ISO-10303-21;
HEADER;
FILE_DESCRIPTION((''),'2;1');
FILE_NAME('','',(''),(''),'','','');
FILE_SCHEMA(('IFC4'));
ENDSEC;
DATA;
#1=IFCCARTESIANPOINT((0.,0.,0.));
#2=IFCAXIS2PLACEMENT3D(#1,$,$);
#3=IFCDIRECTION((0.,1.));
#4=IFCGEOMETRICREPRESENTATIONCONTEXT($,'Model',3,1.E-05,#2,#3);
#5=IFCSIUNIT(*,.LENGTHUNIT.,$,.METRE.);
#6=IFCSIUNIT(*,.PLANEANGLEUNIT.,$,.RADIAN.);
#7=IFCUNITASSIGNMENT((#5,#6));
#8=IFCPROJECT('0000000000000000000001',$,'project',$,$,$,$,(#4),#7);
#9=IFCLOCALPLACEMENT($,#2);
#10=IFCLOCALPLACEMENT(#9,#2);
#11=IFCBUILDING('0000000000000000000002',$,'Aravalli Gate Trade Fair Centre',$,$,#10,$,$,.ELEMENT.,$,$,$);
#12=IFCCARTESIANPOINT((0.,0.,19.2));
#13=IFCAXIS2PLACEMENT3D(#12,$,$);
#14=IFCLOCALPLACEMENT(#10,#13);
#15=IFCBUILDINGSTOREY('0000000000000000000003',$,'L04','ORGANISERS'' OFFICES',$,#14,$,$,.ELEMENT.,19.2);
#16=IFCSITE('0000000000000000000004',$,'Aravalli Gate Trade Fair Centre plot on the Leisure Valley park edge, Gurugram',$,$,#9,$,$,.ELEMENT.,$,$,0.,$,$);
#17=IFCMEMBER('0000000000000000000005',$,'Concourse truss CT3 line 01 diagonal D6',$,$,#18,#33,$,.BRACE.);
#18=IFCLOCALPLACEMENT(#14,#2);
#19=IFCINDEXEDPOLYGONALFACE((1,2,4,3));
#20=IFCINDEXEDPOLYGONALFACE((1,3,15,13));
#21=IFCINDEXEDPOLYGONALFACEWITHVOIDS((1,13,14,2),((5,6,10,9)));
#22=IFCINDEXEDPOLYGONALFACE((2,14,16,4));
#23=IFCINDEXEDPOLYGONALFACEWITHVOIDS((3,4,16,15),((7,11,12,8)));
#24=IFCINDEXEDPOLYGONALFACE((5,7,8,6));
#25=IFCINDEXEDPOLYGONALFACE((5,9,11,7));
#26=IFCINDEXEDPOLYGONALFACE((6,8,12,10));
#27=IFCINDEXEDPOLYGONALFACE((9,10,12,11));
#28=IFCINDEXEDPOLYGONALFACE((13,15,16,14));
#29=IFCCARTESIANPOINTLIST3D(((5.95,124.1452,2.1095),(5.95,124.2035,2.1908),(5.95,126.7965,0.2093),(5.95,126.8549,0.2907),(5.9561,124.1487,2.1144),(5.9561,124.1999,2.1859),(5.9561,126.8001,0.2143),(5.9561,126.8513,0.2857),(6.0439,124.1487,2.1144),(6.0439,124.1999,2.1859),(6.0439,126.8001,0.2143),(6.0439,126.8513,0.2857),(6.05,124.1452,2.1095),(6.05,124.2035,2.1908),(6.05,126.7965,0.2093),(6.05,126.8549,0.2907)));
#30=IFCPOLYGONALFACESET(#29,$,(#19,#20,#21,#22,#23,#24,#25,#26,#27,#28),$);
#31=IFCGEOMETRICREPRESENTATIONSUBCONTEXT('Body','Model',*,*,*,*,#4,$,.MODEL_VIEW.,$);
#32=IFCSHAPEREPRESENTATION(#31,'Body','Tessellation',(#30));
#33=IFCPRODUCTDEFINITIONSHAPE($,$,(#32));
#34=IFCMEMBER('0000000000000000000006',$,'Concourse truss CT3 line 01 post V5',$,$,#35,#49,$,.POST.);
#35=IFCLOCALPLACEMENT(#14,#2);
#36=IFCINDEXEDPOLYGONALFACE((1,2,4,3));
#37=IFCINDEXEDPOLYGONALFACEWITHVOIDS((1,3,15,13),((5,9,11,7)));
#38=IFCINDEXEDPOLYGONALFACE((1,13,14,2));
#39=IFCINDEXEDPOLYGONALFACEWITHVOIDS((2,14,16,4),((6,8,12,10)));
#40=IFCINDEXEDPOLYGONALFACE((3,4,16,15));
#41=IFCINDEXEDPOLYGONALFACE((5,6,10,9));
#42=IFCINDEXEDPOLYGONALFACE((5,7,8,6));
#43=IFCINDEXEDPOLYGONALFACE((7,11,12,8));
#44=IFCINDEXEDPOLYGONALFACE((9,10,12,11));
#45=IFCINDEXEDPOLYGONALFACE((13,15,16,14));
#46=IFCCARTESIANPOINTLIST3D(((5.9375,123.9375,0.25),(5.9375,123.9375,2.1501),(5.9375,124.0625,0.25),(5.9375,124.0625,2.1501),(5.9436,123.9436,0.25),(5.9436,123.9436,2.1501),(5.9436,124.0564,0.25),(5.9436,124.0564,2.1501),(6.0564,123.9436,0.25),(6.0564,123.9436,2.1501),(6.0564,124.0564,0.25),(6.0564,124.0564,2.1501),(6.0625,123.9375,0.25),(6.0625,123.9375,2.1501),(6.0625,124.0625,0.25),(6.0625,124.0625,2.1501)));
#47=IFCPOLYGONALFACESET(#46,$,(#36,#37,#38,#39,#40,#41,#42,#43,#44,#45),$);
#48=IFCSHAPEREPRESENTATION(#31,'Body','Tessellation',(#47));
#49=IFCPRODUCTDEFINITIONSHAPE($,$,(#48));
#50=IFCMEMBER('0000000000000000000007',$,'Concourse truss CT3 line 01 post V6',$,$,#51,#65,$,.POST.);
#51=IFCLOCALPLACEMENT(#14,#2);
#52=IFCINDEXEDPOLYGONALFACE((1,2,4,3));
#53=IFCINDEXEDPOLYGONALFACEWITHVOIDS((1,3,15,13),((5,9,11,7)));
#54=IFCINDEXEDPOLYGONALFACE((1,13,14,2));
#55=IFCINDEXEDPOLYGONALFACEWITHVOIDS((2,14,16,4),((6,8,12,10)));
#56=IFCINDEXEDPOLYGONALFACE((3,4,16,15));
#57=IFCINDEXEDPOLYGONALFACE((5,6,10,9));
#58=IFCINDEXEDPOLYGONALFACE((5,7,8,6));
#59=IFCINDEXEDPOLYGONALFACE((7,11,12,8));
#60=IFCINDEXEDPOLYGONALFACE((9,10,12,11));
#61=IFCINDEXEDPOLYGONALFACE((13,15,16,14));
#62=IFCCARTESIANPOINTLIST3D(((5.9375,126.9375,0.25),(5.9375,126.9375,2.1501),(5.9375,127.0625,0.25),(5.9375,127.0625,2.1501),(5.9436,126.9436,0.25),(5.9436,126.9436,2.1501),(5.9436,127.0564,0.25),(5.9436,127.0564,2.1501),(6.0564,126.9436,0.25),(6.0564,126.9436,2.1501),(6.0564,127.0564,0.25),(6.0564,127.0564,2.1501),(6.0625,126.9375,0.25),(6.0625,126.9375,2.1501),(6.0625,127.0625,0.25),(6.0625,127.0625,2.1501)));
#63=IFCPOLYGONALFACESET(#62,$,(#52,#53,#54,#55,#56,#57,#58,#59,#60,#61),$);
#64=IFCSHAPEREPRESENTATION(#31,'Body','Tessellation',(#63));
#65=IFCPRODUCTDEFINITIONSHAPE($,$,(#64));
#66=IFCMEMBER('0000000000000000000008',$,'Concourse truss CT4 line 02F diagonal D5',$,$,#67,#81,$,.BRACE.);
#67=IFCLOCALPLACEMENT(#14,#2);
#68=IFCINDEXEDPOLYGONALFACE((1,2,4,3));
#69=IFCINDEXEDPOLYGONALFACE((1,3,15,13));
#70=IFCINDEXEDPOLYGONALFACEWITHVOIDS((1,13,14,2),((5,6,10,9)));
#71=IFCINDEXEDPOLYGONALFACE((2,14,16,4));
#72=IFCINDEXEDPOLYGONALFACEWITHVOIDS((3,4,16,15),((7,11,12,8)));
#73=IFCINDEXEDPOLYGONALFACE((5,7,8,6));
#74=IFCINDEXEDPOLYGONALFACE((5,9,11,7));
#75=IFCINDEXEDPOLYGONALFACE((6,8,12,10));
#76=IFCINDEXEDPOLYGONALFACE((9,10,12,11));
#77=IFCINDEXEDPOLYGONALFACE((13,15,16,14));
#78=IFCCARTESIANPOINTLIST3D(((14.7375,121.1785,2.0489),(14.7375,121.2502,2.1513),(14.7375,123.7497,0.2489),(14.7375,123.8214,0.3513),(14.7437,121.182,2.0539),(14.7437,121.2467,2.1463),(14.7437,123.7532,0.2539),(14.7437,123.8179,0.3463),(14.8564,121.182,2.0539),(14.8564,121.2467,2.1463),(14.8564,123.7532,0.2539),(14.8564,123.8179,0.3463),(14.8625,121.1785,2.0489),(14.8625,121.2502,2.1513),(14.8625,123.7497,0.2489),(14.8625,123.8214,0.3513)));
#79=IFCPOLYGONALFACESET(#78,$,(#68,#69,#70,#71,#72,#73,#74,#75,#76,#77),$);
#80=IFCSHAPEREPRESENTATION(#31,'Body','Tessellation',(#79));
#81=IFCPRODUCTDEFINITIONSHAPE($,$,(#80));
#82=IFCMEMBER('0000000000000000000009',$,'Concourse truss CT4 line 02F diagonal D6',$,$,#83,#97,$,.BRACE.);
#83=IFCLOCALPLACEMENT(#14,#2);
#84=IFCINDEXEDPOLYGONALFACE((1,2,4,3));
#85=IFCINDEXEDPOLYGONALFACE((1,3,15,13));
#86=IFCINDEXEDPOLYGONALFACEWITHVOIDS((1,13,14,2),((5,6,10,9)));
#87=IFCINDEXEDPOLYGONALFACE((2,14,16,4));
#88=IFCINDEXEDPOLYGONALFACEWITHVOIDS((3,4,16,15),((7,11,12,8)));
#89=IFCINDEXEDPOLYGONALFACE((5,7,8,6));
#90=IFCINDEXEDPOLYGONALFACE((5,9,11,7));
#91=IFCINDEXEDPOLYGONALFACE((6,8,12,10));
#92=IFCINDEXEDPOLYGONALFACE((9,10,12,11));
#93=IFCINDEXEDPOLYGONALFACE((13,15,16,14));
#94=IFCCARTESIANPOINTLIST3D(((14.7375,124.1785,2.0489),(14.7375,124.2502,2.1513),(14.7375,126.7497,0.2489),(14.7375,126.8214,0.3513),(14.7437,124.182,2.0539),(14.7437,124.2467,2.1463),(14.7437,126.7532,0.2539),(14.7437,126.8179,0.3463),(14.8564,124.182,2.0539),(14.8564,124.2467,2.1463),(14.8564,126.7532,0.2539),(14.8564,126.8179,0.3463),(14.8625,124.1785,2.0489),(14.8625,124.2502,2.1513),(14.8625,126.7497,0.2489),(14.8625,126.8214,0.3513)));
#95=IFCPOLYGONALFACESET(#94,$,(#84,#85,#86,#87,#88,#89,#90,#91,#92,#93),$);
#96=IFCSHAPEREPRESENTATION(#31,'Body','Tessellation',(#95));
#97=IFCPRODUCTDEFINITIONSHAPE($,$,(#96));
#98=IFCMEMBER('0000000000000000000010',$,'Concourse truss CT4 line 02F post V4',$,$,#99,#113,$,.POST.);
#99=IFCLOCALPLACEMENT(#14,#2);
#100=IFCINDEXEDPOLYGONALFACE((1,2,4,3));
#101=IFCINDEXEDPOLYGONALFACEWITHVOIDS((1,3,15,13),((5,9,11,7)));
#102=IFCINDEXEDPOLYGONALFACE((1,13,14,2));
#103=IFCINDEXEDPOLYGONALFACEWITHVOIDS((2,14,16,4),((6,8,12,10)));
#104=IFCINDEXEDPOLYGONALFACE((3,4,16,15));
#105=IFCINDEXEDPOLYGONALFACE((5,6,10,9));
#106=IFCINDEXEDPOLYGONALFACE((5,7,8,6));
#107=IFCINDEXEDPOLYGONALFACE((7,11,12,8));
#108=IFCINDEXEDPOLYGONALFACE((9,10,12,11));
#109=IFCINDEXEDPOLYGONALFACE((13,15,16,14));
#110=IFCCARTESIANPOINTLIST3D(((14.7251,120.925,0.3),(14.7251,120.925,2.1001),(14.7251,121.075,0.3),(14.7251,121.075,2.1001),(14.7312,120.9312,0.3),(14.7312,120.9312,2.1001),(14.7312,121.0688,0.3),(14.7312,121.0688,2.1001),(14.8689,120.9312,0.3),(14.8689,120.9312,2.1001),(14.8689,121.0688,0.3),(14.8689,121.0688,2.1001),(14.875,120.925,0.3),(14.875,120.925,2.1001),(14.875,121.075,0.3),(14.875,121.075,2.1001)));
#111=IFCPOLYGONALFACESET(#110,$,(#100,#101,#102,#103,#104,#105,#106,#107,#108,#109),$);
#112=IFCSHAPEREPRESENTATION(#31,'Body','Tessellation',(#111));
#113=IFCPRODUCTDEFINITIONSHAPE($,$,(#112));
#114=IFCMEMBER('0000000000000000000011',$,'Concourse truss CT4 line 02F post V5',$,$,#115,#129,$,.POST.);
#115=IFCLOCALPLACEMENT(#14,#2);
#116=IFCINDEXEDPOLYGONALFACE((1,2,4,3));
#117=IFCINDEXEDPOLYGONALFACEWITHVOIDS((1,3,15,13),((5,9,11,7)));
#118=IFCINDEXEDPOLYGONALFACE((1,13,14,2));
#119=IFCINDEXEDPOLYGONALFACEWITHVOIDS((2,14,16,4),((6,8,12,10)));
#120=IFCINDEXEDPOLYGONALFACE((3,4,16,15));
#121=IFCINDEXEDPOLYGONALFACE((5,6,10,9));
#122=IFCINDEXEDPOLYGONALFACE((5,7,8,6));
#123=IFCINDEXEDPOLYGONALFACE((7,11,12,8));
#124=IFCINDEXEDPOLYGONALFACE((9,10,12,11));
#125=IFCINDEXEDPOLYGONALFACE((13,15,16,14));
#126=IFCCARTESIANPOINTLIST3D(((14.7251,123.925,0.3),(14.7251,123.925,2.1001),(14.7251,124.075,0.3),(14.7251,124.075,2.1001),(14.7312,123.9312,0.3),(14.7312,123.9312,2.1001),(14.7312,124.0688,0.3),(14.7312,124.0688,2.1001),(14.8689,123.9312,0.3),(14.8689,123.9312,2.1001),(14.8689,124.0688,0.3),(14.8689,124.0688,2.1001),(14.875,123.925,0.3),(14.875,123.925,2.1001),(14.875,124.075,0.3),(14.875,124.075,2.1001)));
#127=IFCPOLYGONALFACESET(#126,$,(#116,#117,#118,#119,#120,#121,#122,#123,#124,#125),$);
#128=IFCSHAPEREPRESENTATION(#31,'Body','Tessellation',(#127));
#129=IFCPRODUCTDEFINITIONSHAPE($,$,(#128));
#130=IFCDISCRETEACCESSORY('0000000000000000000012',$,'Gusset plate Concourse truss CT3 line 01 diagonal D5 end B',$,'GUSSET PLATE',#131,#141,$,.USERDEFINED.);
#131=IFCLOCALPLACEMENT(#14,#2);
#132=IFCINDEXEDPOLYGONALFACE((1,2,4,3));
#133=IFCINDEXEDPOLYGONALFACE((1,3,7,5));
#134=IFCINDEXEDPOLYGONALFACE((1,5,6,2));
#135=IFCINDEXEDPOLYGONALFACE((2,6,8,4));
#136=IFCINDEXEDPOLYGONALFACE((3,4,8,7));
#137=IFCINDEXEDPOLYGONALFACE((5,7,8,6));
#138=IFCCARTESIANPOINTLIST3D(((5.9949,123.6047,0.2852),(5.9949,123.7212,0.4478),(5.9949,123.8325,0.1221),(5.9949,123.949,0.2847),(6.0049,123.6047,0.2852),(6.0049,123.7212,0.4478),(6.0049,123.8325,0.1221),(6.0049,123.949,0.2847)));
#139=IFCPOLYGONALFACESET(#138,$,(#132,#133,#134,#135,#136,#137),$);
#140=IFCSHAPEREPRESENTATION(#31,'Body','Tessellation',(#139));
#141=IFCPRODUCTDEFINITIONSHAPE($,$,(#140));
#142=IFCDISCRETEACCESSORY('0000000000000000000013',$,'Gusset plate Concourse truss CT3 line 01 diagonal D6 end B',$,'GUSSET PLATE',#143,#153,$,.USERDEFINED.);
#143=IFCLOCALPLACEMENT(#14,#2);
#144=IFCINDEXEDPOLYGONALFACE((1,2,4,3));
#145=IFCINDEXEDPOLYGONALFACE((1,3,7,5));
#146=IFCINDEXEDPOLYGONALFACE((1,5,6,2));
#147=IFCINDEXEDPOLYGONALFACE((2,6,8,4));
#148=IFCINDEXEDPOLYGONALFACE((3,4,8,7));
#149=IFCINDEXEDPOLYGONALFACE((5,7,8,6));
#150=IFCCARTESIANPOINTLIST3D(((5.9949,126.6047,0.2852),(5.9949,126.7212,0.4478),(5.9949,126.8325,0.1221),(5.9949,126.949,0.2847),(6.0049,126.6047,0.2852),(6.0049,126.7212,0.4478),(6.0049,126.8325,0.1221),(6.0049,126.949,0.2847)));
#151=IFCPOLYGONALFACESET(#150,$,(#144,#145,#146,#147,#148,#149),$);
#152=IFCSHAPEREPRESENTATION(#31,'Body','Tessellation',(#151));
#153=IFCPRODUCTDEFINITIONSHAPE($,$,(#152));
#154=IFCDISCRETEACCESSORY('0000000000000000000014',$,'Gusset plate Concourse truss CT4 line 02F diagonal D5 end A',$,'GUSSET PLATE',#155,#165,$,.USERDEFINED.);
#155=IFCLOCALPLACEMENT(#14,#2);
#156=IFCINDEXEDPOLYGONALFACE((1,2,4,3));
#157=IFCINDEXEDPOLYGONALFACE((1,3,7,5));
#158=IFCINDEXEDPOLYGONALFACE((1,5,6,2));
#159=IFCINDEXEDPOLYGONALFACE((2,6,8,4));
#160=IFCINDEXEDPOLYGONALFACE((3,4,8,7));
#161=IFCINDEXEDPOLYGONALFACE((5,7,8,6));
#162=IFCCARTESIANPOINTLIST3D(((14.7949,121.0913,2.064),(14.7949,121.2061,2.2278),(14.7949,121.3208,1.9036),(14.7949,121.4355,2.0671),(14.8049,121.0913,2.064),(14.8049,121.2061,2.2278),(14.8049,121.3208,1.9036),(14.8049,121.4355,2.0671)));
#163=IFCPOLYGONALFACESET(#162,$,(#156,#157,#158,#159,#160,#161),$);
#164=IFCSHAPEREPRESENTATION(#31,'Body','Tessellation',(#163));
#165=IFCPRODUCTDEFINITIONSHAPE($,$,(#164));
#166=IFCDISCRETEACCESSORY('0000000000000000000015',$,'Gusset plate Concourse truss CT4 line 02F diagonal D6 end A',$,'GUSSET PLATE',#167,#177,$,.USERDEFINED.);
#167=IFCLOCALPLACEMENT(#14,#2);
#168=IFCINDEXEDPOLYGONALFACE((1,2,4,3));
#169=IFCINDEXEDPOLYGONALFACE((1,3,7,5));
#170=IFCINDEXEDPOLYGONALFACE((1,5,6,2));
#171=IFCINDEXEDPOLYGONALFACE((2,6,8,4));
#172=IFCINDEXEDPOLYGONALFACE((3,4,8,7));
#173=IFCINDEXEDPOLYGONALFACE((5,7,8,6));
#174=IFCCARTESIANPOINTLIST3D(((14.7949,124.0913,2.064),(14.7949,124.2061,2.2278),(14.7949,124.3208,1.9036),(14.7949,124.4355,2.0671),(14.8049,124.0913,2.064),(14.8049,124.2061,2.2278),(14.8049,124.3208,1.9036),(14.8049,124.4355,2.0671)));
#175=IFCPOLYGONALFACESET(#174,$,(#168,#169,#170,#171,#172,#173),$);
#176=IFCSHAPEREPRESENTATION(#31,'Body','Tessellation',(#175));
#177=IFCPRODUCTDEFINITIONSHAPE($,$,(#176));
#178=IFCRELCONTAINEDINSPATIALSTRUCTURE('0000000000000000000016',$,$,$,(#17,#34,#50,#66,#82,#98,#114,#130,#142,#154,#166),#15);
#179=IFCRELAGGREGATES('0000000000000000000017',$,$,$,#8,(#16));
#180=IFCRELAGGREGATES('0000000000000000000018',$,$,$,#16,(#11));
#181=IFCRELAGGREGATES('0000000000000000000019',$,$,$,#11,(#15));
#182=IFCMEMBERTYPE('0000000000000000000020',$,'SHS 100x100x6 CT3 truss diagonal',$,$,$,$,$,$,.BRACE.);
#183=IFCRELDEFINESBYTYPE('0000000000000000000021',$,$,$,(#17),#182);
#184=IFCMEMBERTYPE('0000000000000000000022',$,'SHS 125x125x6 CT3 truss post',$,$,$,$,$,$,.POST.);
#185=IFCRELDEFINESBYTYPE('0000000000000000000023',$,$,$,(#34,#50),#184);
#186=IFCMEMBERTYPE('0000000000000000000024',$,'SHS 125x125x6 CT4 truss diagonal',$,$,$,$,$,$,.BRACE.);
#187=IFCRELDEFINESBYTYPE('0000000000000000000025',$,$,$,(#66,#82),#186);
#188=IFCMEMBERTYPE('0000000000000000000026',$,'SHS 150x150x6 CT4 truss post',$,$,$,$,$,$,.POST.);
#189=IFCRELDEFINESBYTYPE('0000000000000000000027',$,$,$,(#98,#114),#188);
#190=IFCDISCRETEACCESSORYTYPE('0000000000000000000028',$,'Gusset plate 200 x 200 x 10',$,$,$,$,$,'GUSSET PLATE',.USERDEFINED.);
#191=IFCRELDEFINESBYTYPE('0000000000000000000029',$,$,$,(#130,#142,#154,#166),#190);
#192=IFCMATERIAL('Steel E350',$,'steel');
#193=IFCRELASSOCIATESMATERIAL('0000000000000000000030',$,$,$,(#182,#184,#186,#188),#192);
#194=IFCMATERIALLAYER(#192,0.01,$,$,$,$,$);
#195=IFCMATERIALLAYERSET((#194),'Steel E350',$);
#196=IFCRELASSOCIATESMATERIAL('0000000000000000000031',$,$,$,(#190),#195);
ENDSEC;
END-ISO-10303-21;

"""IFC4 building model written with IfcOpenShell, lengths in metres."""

from ifc_helpers import new_model, si_unit, direction, frame, origin, origin_2d, place, context, subcontext, project, spatial, polyline, hollow_rectangle, outline, extrude, material, layer, layer_set, material_profile, profile_set, type_object, element, save


model = new_model("IFC4")

# Units and contexts
model_context = context("Model", 3, precision=1e-05, world=origin(), true_north=direction((0.0, 1.0)))
body_context = subcontext(model_context, "Body", "Model", "MODEL_VIEW")
ifc_project = project(units=[si_unit("LENGTHUNIT", "METRE"), si_unit("PLANEANGLEUNIT", "RADIAN")], contexts=[model_context])

# Site, building, storey
site_placement = place(None, origin())
site = spatial("IfcSite", under=ifc_project, at=site_placement, Name="Aravalli Gate Trade Fair Centre plot on the Leisure Valley park edge, Gurugram", CompositionType="ELEMENT", RefElevation=0.0)
building_placement = place(site_placement, origin())
building = spatial("IfcBuilding", under=site, at=building_placement, Name="Aravalli Gate Trade Fair Centre", CompositionType="ELEMENT")
storey_placement = place(building_placement, frame((0.0, 0.0, 19.2)))
storey = spatial("IfcBuildingStorey", under=building, at=storey_placement, Name="L04", Description="ORGANISERS' OFFICES", CompositionType="ELEMENT", Elevation=19.2)

# Members
ifc_material = material(Name="Steel E350", Category="steel")
ifc_material_profile_1 = material_profile(ifc_material, hollow_rectangle(XDim=0.1001, YDim=0.1001, WallThickness=0.0061, at=origin_2d()), Name="SHS 100x100x6")
ifc_profile_set_1 = profile_set([ifc_material_profile_1], Name="Steel E350")
member_type_1 = type_object("IfcMemberType", Name="SHS 100x100x6 CT3 truss diagonal", PredefinedType="BRACE", material=ifc_profile_set_1)
for number, where, z_axis, x_axis, name in (
    (1, (6.0, 124.1743, 2.1501), (0.0, 0.812817, -0.582519), (-1.0, 0.0, 0.0), "Concourse truss CT3 line 01 diagonal D6"),
):
    element("IfcMember", number, at=place(storey_placement, frame(where, z_axis=z_axis, x_axis=x_axis)), inside=storey, type_object=member_type_1, Name=name, PredefinedType="BRACE", context=body_context, shape_type="SweptSolid", body=[
        extrude(hollow_rectangle(XDim=0.1001, YDim=0.1001, WallThickness=0.0061, at=origin_2d()), origin(), (0.0, 0.0, 1.0), 3.262),
    ])
ifc_material_profile_2 = material_profile(ifc_material, hollow_rectangle(XDim=0.125, YDim=0.125, WallThickness=0.0061, at=origin_2d()), Name="SHS 125x125x6")
ifc_profile_set_2 = profile_set([ifc_material_profile_2], Name="Steel E350")
member_type_2 = type_object("IfcMemberType", Name="SHS 125x125x6 CT3 truss post", PredefinedType="POST", material=ifc_profile_set_2)
for number, where, z_axis, x_axis, name in (
    (2, (6.0, 124.0, 0.25), (0.0, 0.0, 1.0), (1.0, 0.0, 0.0), "Concourse truss CT3 line 01 post V5"),
    (3, (6.0, 127.0, 0.25), (0.0, 0.0, 1.0), (1.0, 0.0, 0.0), "Concourse truss CT3 line 01 post V6"),
):
    element("IfcMember", number, at=place(storey_placement, frame(where, z_axis=z_axis, x_axis=x_axis)), inside=storey, type_object=member_type_2, Name=name, PredefinedType="POST", context=body_context, shape_type="SweptSolid", body=[
        extrude(hollow_rectangle(XDim=0.125, YDim=0.125, WallThickness=0.0061, at=origin_2d()), origin(), (0.0, 0.0, 1.0), 1.9001),
    ])
ifc_material_profile_3 = material_profile(ifc_material, hollow_rectangle(XDim=0.125, YDim=0.125, WallThickness=0.0061, at=origin_2d()), Name="SHS 125x125x6")
ifc_profile_set_3 = profile_set([ifc_material_profile_3], Name="Steel E350")
member_type_3 = type_object("IfcMemberType", Name="SHS 125x125x6 CT4 truss diagonal", PredefinedType="BRACE", material=ifc_profile_set_3)
for number, where, z_axis, x_axis, name in (
    (4, (14.8, 121.2144, 2.1001), (0.0, 0.81921, -0.573494), (-1.0, 0.0, 0.0), "Concourse truss CT4 line 02F diagonal D5"),
    (5, (14.8, 124.2144, 2.1001), (0.0, 0.81921, -0.573494), (-1.0, 0.0, 0.0), "Concourse truss CT4 line 02F diagonal D6"),
):
    element("IfcMember", number, at=place(storey_placement, frame(where, z_axis=z_axis, x_axis=x_axis)), inside=storey, type_object=member_type_3, Name=name, PredefinedType="BRACE", context=body_context, shape_type="SweptSolid", body=[
        extrude(hollow_rectangle(XDim=0.125, YDim=0.125, WallThickness=0.0061, at=origin_2d()), origin(), (0.0, 0.0, 1.0), 3.1387),
    ])
ifc_material_profile_4 = material_profile(ifc_material, hollow_rectangle(XDim=0.1499, YDim=0.1499, WallThickness=0.0061, at=origin_2d()), Name="SHS 150x150x6")
ifc_profile_set_4 = profile_set([ifc_material_profile_4], Name="Steel E350")
member_type_4 = type_object("IfcMemberType", Name="SHS 150x150x6 CT4 truss post", PredefinedType="POST", material=ifc_profile_set_4)
for number, where, z_axis, x_axis, name in (
    (6, (14.8, 121.0, 0.3), (0.0, 0.0, 1.0), (1.0, 0.0, 0.0), "Concourse truss CT4 line 02F post V4"),
    (7, (14.8, 124.0, 0.3), (0.0, 0.0, 1.0), (1.0, 0.0, 0.0), "Concourse truss CT4 line 02F post V5"),
):
    element("IfcMember", number, at=place(storey_placement, frame(where, z_axis=z_axis, x_axis=x_axis)), inside=storey, type_object=member_type_4, Name=name, PredefinedType="POST", context=body_context, shape_type="SweptSolid", body=[
        extrude(hollow_rectangle(XDim=0.1499, YDim=0.1499, WallThickness=0.0061, at=origin_2d()), origin(), (0.0, 0.0, 1.0), 1.8),
    ])

# Discrete accessories
ifc_layer = layer(ifc_material, 0.01)
ifc_layer_set = layer_set([ifc_layer], Name="Steel E350")
discrete_accessory_type = type_object("IfcDiscreteAccessoryType", Name="Gusset plate 200 x 200 x 10", ElementType="GUSSET PLATE", PredefinedType="USERDEFINED", material=ifc_layer_set)
for number, where, z_axis, x_axis, name in (
    (8, (6.0049, 123.6047, 0.2852), (1.0, 0.0, 0.0), (0.0, 0.813085, -0.582145), "Gusset plate Concourse truss CT3 line 01 diagonal D5 end B"),
    (9, (6.0049, 126.6047, 0.2852), (1.0, 0.0, 0.0), (0.0, 0.813085, -0.582145), "Gusset plate Concourse truss CT3 line 01 diagonal D6 end B"),
):
    element("IfcDiscreteAccessory", number, at=place(storey_placement, frame(where, z_axis=z_axis, x_axis=x_axis)), inside=storey, type_object=discrete_accessory_type, Name=name, ObjectType="GUSSET PLATE", PredefinedType="USERDEFINED", context=body_context, shape_type="SweptSolid", body=[
        extrude(outline(polyline([(0.0, 0.0), (0.2801, 0.0), (0.2802, 0.2), (0.0, 0.2), (0.0, 0.0)])), origin(), (0.0, 0.0, -1.0), 0.01),
    ])
for number, where, z_axis, x_axis, name in (
    (10, (14.7949, 121.3208, 1.9036), (-1.0, 0.0, 0.0), (0.0, -0.819641, 0.572877), "Gusset plate Concourse truss CT4 line 02F diagonal D5 end A"),
    (11, (14.7949, 124.3208, 1.9036), (-1.0, 0.0, 0.0), (0.0, -0.819641, 0.572877), "Gusset plate Concourse truss CT4 line 02F diagonal D6 end A"),
):
    element("IfcDiscreteAccessory", number, at=place(storey_placement, frame(where, z_axis=z_axis, x_axis=x_axis)), inside=storey, type_object=discrete_accessory_type, Name=name, ObjectType="GUSSET PLATE", PredefinedType="USERDEFINED", context=body_context, shape_type="SweptSolid", body=[
        extrude(outline(polyline([(0.0, 0.0), (0.28, 0.0), (0.2798, 0.2), (-0.0003, 0.1998), (0.0, 0.0)])), origin(), (0.0, 0.0, -1.0), 0.01),
    ])

save(model, "model.ifc")
